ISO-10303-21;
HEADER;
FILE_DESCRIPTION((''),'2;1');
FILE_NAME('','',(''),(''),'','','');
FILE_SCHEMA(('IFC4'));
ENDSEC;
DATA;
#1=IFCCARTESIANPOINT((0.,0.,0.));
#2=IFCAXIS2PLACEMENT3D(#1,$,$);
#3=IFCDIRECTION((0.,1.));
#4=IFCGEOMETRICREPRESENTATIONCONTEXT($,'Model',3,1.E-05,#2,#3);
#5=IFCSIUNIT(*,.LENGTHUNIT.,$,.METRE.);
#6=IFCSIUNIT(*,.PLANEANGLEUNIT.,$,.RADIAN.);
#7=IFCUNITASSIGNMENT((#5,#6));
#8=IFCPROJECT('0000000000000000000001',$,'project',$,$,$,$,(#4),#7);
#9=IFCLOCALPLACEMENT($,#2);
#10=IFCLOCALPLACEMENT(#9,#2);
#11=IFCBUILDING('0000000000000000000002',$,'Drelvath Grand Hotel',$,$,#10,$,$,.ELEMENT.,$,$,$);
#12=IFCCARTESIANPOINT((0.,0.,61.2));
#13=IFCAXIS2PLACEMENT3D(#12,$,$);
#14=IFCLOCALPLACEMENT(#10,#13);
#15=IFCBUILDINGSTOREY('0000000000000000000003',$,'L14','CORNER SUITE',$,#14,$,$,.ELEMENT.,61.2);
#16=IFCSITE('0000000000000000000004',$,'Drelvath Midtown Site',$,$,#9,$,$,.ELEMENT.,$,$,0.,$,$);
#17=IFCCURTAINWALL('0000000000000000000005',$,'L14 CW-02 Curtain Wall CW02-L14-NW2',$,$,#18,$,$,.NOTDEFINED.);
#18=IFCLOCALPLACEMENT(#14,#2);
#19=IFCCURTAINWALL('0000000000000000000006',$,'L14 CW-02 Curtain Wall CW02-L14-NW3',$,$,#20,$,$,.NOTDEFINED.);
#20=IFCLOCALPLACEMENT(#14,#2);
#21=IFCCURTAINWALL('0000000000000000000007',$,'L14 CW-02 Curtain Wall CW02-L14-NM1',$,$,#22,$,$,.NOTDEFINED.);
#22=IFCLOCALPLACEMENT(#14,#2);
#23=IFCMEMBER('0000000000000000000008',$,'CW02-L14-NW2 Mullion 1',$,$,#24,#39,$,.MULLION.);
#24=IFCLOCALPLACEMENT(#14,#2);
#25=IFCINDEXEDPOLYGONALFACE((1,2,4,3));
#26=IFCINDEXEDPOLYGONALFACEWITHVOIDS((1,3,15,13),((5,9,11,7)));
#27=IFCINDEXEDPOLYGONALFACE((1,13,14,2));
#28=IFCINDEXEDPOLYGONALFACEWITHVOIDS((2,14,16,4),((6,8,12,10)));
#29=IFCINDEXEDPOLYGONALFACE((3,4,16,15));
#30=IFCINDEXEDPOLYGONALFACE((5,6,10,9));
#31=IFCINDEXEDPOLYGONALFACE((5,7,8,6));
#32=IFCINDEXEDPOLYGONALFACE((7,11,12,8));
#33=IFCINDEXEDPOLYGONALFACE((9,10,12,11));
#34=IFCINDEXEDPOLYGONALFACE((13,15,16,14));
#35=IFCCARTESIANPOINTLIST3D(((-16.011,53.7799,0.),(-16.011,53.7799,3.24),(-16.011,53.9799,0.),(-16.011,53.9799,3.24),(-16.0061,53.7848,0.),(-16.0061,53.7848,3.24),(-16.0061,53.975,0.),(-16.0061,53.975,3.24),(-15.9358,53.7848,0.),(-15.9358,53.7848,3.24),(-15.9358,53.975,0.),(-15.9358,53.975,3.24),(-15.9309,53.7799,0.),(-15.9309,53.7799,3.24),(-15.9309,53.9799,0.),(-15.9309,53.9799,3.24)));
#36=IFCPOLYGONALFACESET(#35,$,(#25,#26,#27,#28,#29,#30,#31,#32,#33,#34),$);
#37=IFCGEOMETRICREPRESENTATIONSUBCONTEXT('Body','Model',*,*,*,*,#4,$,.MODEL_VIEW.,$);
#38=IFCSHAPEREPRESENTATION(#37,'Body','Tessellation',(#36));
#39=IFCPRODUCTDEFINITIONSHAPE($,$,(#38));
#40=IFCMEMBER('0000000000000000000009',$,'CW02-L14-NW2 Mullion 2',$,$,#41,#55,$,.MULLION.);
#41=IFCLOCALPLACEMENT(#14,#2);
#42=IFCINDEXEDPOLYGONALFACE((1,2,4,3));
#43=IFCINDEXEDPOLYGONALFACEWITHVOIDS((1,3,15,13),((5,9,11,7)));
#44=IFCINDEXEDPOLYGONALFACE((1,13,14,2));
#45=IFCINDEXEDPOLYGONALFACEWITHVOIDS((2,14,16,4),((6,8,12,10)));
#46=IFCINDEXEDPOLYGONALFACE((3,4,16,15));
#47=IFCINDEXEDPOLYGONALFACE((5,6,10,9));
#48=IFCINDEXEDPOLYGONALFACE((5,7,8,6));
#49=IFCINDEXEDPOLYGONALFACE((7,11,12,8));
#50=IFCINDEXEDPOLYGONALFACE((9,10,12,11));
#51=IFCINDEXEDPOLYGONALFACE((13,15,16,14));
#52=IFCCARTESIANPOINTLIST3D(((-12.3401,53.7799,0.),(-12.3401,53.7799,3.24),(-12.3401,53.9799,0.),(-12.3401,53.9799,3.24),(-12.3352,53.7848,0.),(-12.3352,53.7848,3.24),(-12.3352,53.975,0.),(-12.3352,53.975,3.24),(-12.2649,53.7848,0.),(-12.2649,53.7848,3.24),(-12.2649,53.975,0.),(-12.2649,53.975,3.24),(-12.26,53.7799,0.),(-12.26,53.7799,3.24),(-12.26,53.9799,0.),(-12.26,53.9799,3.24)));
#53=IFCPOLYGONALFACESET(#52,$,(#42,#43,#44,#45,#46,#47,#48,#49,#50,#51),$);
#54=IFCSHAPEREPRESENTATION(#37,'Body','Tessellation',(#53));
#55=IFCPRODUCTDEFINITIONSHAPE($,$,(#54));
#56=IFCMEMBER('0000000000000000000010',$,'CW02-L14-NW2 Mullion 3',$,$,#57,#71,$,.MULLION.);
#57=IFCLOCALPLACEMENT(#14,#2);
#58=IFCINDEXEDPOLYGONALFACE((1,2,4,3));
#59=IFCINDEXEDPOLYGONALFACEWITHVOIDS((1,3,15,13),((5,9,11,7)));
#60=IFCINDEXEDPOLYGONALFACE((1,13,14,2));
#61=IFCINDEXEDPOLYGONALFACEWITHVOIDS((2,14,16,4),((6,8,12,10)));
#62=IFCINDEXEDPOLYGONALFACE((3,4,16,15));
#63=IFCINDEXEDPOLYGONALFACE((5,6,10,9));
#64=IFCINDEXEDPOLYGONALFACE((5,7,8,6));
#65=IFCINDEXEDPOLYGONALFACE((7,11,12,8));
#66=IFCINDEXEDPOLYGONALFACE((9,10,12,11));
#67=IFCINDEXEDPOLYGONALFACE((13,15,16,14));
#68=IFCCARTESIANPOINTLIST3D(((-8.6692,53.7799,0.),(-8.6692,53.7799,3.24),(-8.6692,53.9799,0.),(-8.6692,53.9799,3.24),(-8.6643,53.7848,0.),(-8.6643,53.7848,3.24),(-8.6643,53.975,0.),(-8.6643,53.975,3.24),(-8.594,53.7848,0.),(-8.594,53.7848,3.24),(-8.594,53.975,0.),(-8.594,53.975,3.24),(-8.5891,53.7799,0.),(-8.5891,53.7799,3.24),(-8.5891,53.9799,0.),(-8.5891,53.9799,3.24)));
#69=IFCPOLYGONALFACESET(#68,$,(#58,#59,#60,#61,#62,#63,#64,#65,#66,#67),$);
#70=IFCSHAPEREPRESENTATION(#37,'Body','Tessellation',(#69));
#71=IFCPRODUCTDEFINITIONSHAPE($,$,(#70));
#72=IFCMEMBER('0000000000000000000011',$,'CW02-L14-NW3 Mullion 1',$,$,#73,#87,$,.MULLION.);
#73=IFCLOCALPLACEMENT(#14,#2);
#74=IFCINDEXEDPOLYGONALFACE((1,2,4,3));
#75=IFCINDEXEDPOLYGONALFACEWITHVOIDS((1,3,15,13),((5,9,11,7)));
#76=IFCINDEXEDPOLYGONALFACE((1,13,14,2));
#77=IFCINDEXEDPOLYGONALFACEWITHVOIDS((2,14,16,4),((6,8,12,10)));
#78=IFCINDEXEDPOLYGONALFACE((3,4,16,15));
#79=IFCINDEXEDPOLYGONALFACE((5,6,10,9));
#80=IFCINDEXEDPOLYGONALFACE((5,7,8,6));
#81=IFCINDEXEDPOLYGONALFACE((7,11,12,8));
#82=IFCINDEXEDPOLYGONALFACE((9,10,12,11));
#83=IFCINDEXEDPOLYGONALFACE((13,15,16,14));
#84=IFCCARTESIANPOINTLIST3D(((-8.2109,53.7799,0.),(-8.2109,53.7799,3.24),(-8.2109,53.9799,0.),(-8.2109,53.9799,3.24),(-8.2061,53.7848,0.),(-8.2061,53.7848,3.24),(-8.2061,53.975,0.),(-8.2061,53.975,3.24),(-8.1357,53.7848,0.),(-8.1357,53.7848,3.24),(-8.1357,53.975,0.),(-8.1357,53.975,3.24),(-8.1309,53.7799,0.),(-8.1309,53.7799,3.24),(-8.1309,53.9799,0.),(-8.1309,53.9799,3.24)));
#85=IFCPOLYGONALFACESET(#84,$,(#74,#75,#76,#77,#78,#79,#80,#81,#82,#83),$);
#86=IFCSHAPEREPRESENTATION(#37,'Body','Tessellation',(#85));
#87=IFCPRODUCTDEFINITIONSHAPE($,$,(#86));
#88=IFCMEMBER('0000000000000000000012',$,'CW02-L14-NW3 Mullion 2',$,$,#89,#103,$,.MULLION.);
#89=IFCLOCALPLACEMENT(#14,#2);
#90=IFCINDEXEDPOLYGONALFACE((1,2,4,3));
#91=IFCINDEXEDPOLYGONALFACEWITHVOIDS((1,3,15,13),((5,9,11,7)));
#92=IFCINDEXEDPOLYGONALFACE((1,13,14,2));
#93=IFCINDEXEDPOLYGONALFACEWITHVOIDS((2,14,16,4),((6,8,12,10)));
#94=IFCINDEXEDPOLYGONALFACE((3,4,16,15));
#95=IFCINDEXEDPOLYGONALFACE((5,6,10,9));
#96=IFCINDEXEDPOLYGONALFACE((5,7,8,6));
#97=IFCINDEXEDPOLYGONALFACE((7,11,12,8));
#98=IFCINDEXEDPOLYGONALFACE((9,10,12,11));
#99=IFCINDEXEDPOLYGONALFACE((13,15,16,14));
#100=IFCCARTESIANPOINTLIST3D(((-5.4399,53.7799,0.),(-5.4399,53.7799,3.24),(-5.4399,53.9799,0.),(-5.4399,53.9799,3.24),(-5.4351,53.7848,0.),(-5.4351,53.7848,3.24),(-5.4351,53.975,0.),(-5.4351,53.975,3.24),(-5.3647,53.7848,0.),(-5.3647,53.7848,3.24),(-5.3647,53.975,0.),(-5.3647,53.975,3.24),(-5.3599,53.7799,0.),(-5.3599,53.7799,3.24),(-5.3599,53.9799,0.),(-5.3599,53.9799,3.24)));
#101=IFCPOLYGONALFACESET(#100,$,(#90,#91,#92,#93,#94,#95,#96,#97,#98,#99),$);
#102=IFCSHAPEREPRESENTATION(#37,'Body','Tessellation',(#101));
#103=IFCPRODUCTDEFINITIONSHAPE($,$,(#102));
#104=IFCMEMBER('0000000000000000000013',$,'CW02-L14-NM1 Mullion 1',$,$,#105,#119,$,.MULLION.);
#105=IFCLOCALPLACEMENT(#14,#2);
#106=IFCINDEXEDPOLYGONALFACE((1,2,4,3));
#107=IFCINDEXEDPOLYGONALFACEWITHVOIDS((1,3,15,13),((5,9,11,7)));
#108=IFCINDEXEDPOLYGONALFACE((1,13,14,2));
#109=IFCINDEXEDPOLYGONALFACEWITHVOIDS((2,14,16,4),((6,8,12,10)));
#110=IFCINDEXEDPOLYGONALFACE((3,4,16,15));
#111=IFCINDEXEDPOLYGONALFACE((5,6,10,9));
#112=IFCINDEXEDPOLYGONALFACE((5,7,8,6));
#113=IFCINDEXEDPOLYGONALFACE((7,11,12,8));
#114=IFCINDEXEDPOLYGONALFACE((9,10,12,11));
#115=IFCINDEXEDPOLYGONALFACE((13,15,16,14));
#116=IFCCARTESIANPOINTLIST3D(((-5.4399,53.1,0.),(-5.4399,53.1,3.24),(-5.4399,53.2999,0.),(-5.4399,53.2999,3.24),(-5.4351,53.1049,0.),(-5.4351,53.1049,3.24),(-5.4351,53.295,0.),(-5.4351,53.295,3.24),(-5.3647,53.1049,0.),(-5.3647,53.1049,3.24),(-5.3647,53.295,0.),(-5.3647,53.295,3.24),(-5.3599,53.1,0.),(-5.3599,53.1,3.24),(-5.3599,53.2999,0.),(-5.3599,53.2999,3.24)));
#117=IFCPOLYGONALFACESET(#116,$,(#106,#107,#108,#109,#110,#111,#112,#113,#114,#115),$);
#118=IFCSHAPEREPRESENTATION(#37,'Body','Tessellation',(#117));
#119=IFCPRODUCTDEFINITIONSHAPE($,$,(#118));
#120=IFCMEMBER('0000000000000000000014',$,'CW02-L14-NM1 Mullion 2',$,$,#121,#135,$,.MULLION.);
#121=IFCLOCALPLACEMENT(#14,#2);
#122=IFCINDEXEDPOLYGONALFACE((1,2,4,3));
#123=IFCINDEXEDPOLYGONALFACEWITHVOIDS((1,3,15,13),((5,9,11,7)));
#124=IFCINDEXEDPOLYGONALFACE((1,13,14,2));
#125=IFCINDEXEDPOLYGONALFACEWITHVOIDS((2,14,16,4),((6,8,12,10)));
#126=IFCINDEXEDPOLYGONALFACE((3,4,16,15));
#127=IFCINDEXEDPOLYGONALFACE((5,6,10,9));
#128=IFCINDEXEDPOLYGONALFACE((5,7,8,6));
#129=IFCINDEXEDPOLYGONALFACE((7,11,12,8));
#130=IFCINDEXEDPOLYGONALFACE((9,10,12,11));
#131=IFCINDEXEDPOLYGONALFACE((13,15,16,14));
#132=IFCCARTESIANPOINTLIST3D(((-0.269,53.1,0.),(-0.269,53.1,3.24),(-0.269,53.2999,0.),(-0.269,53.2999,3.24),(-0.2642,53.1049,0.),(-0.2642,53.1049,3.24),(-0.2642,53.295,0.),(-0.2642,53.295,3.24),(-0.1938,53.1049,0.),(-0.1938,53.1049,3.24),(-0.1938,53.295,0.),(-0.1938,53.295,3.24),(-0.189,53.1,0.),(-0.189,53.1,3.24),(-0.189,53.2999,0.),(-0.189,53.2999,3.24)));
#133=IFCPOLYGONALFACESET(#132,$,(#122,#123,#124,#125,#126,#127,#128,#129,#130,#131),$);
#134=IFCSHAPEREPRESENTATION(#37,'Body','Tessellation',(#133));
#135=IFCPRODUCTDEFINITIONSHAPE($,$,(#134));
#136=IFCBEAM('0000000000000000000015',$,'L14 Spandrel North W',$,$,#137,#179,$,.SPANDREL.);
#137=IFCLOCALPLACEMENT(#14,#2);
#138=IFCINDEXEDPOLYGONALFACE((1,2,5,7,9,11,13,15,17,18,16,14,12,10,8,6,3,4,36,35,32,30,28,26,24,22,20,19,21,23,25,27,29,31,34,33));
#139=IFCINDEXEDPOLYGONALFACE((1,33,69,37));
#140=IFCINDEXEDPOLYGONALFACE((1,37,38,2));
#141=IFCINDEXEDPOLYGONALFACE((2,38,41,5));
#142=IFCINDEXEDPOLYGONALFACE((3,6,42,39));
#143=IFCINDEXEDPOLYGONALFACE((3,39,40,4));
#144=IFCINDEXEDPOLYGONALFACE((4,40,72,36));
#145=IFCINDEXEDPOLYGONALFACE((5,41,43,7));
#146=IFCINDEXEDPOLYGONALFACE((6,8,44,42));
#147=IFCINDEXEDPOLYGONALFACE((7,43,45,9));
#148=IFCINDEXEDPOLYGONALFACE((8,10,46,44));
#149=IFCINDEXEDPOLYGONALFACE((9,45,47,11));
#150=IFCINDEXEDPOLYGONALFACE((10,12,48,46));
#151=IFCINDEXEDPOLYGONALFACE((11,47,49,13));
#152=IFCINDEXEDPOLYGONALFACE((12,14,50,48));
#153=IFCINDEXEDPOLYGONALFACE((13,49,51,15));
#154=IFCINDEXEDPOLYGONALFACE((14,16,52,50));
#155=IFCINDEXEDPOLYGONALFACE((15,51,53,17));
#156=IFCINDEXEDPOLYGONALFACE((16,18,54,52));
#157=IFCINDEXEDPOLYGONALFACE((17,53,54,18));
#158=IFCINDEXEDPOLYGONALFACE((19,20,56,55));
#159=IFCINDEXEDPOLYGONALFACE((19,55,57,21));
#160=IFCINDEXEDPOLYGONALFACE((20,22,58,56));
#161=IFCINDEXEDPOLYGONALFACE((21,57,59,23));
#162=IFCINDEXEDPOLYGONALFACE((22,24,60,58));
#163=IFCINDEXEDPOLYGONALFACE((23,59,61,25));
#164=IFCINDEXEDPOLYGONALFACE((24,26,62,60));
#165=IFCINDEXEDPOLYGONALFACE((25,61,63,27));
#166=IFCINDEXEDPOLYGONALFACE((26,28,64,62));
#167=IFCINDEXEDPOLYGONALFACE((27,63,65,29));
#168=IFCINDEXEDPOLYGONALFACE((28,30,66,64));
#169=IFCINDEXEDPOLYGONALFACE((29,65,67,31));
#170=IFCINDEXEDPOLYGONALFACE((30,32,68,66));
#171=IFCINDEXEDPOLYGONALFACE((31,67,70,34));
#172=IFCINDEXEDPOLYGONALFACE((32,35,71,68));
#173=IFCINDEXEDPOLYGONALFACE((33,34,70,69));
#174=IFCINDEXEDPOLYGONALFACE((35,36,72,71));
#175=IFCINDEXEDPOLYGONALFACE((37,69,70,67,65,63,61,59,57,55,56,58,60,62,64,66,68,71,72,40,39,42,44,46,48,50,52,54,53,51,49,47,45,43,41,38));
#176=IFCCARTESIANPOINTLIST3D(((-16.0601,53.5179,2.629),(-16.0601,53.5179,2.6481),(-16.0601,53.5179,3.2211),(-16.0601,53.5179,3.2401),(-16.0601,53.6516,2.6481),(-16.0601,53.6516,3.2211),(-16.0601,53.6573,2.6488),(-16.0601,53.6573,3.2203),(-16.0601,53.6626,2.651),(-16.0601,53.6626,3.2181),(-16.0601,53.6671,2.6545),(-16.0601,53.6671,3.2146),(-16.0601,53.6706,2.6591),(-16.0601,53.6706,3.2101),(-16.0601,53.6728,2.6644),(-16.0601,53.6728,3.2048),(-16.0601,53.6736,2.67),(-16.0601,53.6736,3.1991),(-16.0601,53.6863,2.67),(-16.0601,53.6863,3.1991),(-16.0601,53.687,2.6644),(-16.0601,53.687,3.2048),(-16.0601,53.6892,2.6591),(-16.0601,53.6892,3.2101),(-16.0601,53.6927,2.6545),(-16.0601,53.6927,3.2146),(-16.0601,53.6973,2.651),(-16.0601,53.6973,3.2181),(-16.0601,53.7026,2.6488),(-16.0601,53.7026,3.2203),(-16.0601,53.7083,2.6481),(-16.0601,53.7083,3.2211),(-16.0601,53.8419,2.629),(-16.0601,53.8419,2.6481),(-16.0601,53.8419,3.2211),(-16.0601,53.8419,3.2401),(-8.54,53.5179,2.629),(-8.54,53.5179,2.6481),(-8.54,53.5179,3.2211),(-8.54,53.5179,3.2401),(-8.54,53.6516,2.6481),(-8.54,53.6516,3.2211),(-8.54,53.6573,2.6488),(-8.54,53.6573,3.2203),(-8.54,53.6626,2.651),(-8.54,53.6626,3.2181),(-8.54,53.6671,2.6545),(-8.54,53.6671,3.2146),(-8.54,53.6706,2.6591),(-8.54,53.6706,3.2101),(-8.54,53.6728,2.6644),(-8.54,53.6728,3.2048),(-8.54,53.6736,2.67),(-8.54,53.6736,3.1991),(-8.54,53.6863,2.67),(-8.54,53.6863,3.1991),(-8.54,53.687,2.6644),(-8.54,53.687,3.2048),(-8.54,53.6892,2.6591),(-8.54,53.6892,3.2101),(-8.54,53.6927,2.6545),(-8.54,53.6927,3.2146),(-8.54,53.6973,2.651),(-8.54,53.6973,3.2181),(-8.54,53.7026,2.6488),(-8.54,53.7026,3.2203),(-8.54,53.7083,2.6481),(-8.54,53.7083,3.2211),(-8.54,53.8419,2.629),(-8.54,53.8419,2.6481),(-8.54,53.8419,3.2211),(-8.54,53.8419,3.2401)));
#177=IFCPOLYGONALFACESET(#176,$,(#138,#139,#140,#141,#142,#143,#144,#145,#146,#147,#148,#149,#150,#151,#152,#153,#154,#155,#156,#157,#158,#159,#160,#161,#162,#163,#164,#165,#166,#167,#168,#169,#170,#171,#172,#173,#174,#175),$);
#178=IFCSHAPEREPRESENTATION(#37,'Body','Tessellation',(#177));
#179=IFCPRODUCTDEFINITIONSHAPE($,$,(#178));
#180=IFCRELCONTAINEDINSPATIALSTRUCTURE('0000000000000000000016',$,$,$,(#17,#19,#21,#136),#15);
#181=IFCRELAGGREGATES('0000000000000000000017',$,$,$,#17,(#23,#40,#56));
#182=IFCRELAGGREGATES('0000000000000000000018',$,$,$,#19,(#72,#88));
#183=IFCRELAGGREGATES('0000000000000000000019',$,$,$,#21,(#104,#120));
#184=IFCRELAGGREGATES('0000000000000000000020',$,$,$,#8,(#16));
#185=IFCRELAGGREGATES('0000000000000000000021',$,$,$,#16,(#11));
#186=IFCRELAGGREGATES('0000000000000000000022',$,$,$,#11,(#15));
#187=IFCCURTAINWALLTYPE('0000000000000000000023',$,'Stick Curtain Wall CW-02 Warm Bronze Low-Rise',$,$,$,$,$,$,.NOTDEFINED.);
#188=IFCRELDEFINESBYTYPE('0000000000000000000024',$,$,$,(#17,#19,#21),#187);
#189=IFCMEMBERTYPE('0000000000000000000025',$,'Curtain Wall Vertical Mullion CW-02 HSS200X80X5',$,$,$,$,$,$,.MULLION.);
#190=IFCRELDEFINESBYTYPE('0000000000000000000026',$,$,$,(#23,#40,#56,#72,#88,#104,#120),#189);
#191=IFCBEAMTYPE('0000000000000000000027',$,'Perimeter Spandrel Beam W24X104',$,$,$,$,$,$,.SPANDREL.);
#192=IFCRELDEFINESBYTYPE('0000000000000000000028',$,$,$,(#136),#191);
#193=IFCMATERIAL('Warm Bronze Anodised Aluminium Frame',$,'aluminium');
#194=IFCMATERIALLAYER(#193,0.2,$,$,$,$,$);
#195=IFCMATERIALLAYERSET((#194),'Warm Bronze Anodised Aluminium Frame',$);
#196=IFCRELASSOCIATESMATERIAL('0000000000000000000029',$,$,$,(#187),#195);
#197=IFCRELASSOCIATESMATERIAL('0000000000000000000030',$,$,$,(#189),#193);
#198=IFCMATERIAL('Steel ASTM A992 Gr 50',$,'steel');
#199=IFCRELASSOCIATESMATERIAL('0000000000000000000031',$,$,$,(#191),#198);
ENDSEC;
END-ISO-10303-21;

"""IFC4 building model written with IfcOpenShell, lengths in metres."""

from ifc_helpers import new_model, si_unit, direction, frame, origin, origin_2d, place, context, subcontext, project, spatial, hollow_rectangle, i_section, extrude, material, layer, layer_set, material_profile, profile_set, type_object, element, aggregate, save


model = new_model("IFC4")

# Units and contexts
model_context = context("Model", 3, precision=1e-05, world=origin(), true_north=direction((0.0, 1.0)))
body_context = subcontext(model_context, "Body", "Model", "MODEL_VIEW")
ifc_project = project(units=[si_unit("LENGTHUNIT", "METRE"), si_unit("PLANEANGLEUNIT", "RADIAN")], contexts=[model_context])

# Site, building, storey
site_placement = place(None, origin())
site = spatial("IfcSite", under=ifc_project, at=site_placement, Name="Drelvath Midtown Site", CompositionType="ELEMENT", RefElevation=0.0)
building_placement = place(site_placement, origin())
building = spatial("IfcBuilding", under=site, at=building_placement, Name="Drelvath Grand Hotel", CompositionType="ELEMENT")
storey_placement = place(building_placement, frame((0.0, 0.0, 61.2)))
storey = spatial("IfcBuildingStorey", under=building, at=storey_placement, Name="L14", Description="CORNER SUITE", CompositionType="ELEMENT", Elevation=61.2)

# Curtain walls
ifc_material_1 = material(Name="Warm Bronze Anodised Aluminium Frame", Category="aluminium")
ifc_layer_1 = layer(ifc_material_1, 0.2)
ifc_layer_set_1 = layer_set([ifc_layer_1], Name="Warm Bronze Anodised Aluminium Frame")
curtain_wall_type = type_object("IfcCurtainWallType", Name="Stick Curtain Wall CW-02 Warm Bronze Low-Rise", PredefinedType="NOTDEFINED", material=ifc_layer_set_1)
curtain_wall_1_placement = place(storey_placement, origin())
curtain_wall_1 = element("IfcCurtainWall", 1, at=curtain_wall_1_placement, inside=storey, type_object=curtain_wall_type, Name="L14 CW-02 Curtain Wall CW02-L14-NW2", PredefinedType="NOTDEFINED")
curtain_wall_2_placement = place(storey_placement, origin())
curtain_wall_2 = element("IfcCurtainWall", 2, at=curtain_wall_2_placement, inside=storey, type_object=curtain_wall_type, Name="L14 CW-02 Curtain Wall CW02-L14-NW3", PredefinedType="NOTDEFINED")
curtain_wall_3_placement = place(storey_placement, origin())
curtain_wall_3 = element("IfcCurtainWall", 3, at=curtain_wall_3_placement, inside=storey, type_object=curtain_wall_type, Name="L14 CW-02 Curtain Wall CW02-L14-NM1", PredefinedType="NOTDEFINED")

# Members
ifc_material_profile_1 = material_profile(ifc_material_1, hollow_rectangle(XDim=0.0801, YDim=0.2, WallThickness=0.0049, at=origin_2d()), Name="HSS200X80X5")
ifc_profile_set_1 = profile_set([ifc_material_profile_1], Name="Warm Bronze Anodised Aluminium Frame")
member_type_1 = type_object("IfcMemberType", Name="Curtain Wall Vertical Mullion CW-02 HSS200X80X5", PredefinedType="MULLION", material=ifc_profile_set_1)
member_1_placement = place(storey_placement, frame((-15.9709, 53.8799, 0.0), z_axis=(0.0, 0.0, 1.0), x_axis=(1.0, 0.0, 0.0)))
member_1 = element("IfcMember", 4, at=member_1_placement, type_object=member_type_1, Name="CW02-L14-NW2 Mullion 1", PredefinedType="MULLION", context=body_context, shape_type="SweptSolid", body=[
    extrude(hollow_rectangle(XDim=0.0801, YDim=0.2, WallThickness=0.0049, at=origin_2d()), origin(), (0.0, 0.0, 1.0), 3.24),
])
member_2_placement = place(storey_placement, frame((-12.3, 53.8799, 0.0), z_axis=(0.0, 0.0, 1.0), x_axis=(1.0, 0.0, 0.0)))
member_2 = element("IfcMember", 5, at=member_2_placement, type_object=member_type_1, Name="CW02-L14-NW2 Mullion 2", PredefinedType="MULLION", context=body_context, shape_type="SweptSolid", body=[
    extrude(hollow_rectangle(XDim=0.0801, YDim=0.2, WallThickness=0.0049, at=origin_2d()), origin(), (0.0, 0.0, 1.0), 3.24),
])
member_3_placement = place(storey_placement, frame((-8.6292, 53.8799, 0.0), z_axis=(0.0, 0.0, 1.0), x_axis=(1.0, 0.0, 0.0)))
member_3 = element("IfcMember", 6, at=member_3_placement, type_object=member_type_1, Name="CW02-L14-NW2 Mullion 3", PredefinedType="MULLION", context=body_context, shape_type="SweptSolid", body=[
    extrude(hollow_rectangle(XDim=0.0801, YDim=0.2, WallThickness=0.0049, at=origin_2d()), origin(), (0.0, 0.0, 1.0), 3.24),
])
member_4_placement = place(storey_placement, frame((-8.1709, 53.8799, 0.0), z_axis=(0.0, 0.0, 1.0), x_axis=(1.0, 0.0, 0.0)))
member_4 = element("IfcMember", 7, at=member_4_placement, type_object=member_type_1, Name="CW02-L14-NW3 Mullion 1", PredefinedType="MULLION", context=body_context, shape_type="SweptSolid", body=[
    extrude(hollow_rectangle(XDim=0.0801, YDim=0.2, WallThickness=0.0049, at=origin_2d()), origin(), (0.0, 0.0, 1.0), 3.24),
])
member_5_placement = place(storey_placement, frame((-5.3999, 53.8799, 0.0), z_axis=(0.0, 0.0, 1.0), x_axis=(1.0, 0.0, 0.0)))
member_5 = element("IfcMember", 8, at=member_5_placement, type_object=member_type_1, Name="CW02-L14-NW3 Mullion 2", PredefinedType="MULLION", context=body_context, shape_type="SweptSolid", body=[
    extrude(hollow_rectangle(XDim=0.0801, YDim=0.2, WallThickness=0.0049, at=origin_2d()), origin(), (0.0, 0.0, 1.0), 3.24),
])
member_6_placement = place(storey_placement, frame((-5.3999, 53.2, 0.0), z_axis=(0.0, 0.0, 1.0), x_axis=(1.0, 0.0, 0.0)))
member_6 = element("IfcMember", 9, at=member_6_placement, type_object=member_type_1, Name="CW02-L14-NM1 Mullion 1", PredefinedType="MULLION", context=body_context, shape_type="SweptSolid", body=[
    extrude(hollow_rectangle(XDim=0.0801, YDim=0.2, WallThickness=0.0049, at=origin_2d()), origin(), (0.0, 0.0, 1.0), 3.24),
])
member_7_placement = place(storey_placement, frame((-0.229, 53.2, 0.0), z_axis=(0.0, 0.0, 1.0), x_axis=(1.0, 0.0, 0.0)))
member_7 = element("IfcMember", 10, at=member_7_placement, type_object=member_type_1, Name="CW02-L14-NM1 Mullion 2", PredefinedType="MULLION", context=body_context, shape_type="SweptSolid", body=[
    extrude(hollow_rectangle(XDim=0.0801, YDim=0.2, WallThickness=0.0049, at=origin_2d()), origin(), (0.0, 0.0, 1.0), 3.24),
])

# Beam
ifc_material_2 = material(Name="Steel ASTM A992 Gr 50", Category="steel")
ifc_material_profile_2 = material_profile(ifc_material_2, i_section(OverallWidth=0.324, OverallDepth=0.6111, WebThickness=0.0127, FlangeThickness=0.019, FilletRadius=0.022, at=origin_2d()), Name="W24X104")
ifc_profile_set_2 = profile_set([ifc_material_profile_2], Name="Steel ASTM A992 Gr 50")
beam_type_1 = type_object("IfcBeamType", Name="Perimeter Spandrel Beam W24X104", PredefinedType="SPANDREL", material=ifc_profile_set_2)
beam_1_placement = place(storey_placement, frame((-16.0601, 53.6799, 2.9346), z_axis=(1.0, 0.0, 0.0), x_axis=(0.0, 1.0, 0.0)))
element("IfcBeam", 11, at=beam_1_placement, inside=storey, type_object=beam_type_1, Name="L14 Spandrel North W", PredefinedType="SPANDREL", context=body_context, shape_type="SweptSolid", body=[
    extrude(i_section(OverallWidth=0.324, OverallDepth=0.6111, WebThickness=0.0127, FlangeThickness=0.019, FilletRadius=0.022, at=origin_2d()), origin(), (0.0, 0.0, 1.0), 7.52),
])

aggregate(curtain_wall_1, [member_1, member_2, member_3])
aggregate(curtain_wall_2, [member_4, member_5])
aggregate(curtain_wall_3, [member_6, member_7])

save(model, "model.ifc")
